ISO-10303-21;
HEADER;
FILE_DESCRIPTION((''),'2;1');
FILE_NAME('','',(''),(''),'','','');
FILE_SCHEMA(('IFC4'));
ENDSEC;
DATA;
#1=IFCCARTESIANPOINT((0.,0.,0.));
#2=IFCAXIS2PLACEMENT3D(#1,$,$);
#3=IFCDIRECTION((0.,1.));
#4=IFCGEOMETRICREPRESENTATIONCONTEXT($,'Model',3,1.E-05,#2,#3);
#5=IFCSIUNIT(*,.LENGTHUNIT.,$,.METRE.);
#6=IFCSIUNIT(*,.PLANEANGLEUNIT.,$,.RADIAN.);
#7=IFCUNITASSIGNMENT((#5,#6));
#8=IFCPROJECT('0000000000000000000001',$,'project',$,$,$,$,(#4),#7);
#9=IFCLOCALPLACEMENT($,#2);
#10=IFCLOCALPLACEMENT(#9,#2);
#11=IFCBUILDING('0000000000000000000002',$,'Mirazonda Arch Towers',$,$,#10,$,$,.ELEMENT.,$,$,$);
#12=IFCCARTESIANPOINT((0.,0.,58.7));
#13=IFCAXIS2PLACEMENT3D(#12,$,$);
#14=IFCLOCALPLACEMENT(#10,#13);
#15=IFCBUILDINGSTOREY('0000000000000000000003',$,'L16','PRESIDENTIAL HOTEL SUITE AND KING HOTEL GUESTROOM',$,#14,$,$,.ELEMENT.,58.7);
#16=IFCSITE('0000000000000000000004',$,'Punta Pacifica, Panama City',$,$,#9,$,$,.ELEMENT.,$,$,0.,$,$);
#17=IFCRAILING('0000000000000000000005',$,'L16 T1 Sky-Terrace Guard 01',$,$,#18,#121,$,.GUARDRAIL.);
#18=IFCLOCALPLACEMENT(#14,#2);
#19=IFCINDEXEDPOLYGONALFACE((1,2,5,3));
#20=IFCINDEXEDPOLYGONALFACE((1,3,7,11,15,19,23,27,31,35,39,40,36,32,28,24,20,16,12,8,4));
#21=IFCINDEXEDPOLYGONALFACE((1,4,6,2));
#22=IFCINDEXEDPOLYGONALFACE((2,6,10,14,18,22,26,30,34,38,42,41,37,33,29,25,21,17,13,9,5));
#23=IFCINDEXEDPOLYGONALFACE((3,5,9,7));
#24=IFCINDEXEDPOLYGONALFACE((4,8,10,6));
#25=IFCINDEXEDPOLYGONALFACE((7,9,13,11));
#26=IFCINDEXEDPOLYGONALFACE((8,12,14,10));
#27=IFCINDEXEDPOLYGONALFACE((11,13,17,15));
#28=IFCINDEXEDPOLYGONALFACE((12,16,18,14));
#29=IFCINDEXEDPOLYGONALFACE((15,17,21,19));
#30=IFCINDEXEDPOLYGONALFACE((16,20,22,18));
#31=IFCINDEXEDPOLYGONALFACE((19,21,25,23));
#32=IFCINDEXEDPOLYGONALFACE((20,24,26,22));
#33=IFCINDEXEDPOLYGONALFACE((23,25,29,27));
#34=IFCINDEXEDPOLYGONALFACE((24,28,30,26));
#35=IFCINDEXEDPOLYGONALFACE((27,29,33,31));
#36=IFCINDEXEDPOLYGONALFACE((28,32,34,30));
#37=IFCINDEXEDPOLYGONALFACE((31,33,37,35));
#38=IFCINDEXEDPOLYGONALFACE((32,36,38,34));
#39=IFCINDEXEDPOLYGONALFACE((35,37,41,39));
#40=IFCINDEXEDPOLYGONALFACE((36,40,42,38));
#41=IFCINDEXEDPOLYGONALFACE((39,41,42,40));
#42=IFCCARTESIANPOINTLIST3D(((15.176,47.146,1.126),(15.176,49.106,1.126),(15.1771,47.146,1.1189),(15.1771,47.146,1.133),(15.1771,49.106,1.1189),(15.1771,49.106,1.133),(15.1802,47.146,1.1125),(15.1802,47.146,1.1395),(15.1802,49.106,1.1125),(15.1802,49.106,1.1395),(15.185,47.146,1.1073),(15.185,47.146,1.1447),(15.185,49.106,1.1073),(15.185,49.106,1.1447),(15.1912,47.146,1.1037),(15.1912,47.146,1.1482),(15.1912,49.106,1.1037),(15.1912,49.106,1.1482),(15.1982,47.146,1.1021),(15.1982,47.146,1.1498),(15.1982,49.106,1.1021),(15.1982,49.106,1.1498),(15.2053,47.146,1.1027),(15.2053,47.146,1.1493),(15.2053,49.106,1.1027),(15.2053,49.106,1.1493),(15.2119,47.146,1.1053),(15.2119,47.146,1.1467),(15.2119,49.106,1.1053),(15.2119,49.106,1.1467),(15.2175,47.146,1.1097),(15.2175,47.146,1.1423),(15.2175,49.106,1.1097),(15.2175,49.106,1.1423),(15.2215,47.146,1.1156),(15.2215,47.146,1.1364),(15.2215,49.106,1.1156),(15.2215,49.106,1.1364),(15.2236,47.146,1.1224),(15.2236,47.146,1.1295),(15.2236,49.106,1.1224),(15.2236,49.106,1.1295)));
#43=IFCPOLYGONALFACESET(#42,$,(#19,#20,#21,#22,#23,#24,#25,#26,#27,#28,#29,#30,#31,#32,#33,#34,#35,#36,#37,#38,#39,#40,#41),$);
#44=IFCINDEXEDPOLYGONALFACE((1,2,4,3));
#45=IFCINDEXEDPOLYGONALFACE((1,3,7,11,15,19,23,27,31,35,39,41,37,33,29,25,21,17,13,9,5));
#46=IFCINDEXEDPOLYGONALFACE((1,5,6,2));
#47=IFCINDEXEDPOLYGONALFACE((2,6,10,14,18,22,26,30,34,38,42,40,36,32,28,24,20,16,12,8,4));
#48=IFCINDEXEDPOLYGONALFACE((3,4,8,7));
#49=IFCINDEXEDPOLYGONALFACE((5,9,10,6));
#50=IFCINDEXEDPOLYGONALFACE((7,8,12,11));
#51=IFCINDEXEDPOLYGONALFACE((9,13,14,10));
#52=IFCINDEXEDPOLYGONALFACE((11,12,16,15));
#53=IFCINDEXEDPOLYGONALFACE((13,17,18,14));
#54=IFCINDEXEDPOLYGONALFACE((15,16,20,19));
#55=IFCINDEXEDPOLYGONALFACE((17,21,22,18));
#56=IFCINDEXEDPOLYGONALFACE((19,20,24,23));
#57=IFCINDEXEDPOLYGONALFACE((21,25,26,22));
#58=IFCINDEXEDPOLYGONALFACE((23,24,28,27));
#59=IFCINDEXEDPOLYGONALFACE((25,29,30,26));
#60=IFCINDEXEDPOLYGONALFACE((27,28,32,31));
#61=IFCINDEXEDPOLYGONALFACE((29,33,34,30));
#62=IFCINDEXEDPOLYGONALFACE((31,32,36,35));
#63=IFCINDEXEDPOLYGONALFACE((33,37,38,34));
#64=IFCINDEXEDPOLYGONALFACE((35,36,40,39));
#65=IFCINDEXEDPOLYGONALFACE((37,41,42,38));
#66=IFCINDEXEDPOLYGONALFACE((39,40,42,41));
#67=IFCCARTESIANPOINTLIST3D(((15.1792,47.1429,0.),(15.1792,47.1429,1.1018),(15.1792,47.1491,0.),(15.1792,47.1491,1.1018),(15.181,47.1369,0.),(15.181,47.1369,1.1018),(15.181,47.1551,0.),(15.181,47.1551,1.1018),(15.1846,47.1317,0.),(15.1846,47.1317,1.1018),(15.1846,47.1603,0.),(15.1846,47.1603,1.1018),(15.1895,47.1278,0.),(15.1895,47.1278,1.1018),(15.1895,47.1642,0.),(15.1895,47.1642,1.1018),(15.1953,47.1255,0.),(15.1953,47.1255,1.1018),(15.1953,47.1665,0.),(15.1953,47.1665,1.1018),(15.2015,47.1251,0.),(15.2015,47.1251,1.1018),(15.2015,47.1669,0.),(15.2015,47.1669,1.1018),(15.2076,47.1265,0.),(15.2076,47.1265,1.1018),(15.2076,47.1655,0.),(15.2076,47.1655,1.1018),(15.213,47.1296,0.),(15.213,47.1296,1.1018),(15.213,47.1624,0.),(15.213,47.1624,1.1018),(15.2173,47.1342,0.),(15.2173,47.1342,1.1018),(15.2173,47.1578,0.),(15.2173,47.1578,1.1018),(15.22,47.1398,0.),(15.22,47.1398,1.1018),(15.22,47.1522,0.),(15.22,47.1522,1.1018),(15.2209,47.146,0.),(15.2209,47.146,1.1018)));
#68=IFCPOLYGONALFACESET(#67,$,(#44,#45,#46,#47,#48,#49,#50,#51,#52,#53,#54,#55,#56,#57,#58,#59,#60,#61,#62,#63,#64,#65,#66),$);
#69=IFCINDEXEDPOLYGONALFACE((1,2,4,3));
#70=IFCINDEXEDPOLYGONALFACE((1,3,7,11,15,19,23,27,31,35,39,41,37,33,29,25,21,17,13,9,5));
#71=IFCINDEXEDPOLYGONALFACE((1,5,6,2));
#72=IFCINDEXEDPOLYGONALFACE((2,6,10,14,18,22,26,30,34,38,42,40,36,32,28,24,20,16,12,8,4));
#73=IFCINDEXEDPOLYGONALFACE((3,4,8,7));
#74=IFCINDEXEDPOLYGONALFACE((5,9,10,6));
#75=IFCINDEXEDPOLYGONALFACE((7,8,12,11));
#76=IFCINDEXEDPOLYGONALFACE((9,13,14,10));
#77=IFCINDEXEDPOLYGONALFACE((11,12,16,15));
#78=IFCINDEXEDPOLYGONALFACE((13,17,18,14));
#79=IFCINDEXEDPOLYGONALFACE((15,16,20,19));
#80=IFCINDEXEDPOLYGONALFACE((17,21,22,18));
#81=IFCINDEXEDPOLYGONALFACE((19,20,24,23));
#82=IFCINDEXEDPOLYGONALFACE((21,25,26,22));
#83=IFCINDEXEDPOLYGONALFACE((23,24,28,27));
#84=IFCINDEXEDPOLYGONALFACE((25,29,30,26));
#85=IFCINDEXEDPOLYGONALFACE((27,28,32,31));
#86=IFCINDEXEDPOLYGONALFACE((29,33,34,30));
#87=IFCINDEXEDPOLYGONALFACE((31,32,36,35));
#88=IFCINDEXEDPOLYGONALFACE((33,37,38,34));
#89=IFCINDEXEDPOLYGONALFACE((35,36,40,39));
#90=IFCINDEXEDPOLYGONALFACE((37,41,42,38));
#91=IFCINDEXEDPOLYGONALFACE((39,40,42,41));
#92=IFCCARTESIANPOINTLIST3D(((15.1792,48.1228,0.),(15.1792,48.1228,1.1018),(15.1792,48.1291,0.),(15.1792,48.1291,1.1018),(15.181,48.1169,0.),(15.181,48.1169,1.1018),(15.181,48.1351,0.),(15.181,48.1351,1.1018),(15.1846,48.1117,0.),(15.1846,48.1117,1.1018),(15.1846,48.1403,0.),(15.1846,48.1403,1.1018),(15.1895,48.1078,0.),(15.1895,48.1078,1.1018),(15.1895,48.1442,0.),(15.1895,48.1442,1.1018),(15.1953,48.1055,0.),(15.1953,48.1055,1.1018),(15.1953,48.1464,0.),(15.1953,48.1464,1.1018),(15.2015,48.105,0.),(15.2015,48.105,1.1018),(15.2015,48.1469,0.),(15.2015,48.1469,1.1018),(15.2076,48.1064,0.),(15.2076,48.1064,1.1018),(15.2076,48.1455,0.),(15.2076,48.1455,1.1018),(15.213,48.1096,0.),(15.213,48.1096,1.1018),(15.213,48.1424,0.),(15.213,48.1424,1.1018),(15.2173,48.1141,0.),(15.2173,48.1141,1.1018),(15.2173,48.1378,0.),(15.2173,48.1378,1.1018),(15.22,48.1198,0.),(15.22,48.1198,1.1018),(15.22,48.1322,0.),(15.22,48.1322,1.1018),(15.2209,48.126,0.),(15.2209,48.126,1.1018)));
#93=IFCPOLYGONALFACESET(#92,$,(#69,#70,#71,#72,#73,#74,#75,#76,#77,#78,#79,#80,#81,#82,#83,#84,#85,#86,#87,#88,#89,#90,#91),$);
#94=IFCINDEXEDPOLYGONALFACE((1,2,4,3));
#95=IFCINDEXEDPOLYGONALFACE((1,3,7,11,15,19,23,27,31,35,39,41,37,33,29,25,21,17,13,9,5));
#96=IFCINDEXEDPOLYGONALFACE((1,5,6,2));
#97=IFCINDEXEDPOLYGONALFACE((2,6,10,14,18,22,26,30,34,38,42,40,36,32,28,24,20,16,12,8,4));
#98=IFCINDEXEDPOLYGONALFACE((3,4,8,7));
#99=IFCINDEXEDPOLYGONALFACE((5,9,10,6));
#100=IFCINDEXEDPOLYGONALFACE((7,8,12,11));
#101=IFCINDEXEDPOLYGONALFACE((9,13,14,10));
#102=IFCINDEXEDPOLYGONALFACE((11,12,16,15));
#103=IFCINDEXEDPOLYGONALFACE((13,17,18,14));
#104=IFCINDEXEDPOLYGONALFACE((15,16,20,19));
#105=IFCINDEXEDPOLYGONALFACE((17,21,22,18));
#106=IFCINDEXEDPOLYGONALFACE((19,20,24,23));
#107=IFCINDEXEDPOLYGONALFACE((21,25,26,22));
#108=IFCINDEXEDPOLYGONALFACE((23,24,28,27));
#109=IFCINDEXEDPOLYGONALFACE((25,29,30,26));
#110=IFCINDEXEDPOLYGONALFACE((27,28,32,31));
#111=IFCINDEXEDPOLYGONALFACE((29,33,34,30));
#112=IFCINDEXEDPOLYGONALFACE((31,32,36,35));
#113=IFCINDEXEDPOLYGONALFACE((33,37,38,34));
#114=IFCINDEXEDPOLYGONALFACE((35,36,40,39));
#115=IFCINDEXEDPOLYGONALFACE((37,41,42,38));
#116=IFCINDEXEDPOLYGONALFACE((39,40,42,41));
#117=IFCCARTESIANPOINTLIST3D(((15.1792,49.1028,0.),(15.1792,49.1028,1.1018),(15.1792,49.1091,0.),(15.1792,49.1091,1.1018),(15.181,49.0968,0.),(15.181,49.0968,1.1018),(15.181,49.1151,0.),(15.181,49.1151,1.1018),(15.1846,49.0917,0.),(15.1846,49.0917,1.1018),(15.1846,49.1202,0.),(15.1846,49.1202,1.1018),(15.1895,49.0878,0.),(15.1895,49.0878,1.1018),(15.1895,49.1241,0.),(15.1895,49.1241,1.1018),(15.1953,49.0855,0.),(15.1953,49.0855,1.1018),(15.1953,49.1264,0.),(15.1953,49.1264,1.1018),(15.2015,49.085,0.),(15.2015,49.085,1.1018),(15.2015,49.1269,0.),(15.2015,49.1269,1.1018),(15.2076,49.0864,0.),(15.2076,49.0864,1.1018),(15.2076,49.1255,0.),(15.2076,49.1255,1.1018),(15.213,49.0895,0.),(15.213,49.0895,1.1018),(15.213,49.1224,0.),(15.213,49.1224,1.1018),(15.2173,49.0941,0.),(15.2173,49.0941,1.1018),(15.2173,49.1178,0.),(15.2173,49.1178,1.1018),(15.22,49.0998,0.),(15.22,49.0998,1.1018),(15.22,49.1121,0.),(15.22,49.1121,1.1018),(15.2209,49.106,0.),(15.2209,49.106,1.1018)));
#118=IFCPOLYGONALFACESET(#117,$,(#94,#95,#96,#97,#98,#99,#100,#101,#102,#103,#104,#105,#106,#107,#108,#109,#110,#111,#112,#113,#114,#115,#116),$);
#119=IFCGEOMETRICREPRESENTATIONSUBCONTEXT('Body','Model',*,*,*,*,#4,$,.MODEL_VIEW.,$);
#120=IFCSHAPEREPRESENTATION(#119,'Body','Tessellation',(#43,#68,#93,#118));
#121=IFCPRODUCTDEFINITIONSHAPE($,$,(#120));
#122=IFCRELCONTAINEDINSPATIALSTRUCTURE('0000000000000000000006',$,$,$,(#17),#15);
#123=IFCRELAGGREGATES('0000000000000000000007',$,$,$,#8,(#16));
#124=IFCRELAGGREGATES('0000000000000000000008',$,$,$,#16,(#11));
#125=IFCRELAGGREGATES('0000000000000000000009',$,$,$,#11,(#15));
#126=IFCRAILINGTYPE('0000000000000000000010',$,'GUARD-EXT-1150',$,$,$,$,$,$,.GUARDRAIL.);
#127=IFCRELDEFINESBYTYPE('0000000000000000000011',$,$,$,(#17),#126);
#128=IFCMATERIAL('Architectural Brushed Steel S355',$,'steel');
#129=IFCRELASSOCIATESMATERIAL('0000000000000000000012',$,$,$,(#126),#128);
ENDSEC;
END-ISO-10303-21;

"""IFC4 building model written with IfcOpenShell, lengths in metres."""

from ifc_helpers import new_model, si_unit, direction, frame, origin, origin_2d, place, context, subcontext, project, spatial, circle, extrude, material, type_object, element, save


model = new_model("IFC4")

# Units and contexts
model_context = context("Model", 3, precision=1e-05, world=origin(), true_north=direction((0.0, 1.0)))
body_context = subcontext(model_context, "Body", "Model", "MODEL_VIEW")
ifc_project = project(units=[si_unit("LENGTHUNIT", "METRE"), si_unit("PLANEANGLEUNIT", "RADIAN")], contexts=[model_context])

# Site, building, storey
site_placement = place(None, origin())
site = spatial("IfcSite", under=ifc_project, at=site_placement, Name="Punta Pacifica, Panama City", CompositionType="ELEMENT", RefElevation=0.0)
building_placement = place(site_placement, origin())
building = spatial("IfcBuilding", under=site, at=building_placement, Name="Mirazonda Arch Towers", CompositionType="ELEMENT")
storey_placement = place(building_placement, frame((0.0, 0.0, 58.7)))
storey = spatial("IfcBuildingStorey", under=building, at=storey_placement, Name="L16", Description="PRESIDENTIAL HOTEL SUITE AND KING HOTEL GUESTROOM", CompositionType="ELEMENT", Elevation=58.7)

# Shared definitions
ifc_material_1 = material(Name="Architectural Brushed Steel S355", Category="steel")

# Railing
railing_type_1 = type_object("IfcRailingType", Name="GUARD-EXT-1150", PredefinedType="GUARDRAIL", material=ifc_material_1)
railing_1_placement = place(storey_placement, frame((15.2, 47.146, 0.0)))
element("IfcRailing", 1, at=railing_1_placement, inside=storey, type_object=railing_type_1, Name="L16 T1 Sky-Terrace Guard 01", PredefinedType="GUARDRAIL", context=body_context, shape_type="SweptSolid", body=[
    extrude(circle(Radius=0.0239, at=origin_2d()), frame((0.0, 0.0, 1.126), z_axis=(0.0, 1.0, 0.0), x_axis=(-1.0, 0.0, 0.0)), (0.0, 0.0, 1.0), 1.96),
    extrude(circle(Radius=0.021, at=origin_2d()), origin(), (0.0, 0.0, 1.0), 1.1018),
    extrude(circle(Radius=0.021, at=origin_2d()), frame((0.0, 0.98, 0.0)), (0.0, 0.0, 1.0), 1.1018),
    extrude(circle(Radius=0.021, at=origin_2d()), frame((0.0, 1.96, 0.0)), (0.0, 0.0, 1.0), 1.1018),
])

save(model, "model.ifc")
